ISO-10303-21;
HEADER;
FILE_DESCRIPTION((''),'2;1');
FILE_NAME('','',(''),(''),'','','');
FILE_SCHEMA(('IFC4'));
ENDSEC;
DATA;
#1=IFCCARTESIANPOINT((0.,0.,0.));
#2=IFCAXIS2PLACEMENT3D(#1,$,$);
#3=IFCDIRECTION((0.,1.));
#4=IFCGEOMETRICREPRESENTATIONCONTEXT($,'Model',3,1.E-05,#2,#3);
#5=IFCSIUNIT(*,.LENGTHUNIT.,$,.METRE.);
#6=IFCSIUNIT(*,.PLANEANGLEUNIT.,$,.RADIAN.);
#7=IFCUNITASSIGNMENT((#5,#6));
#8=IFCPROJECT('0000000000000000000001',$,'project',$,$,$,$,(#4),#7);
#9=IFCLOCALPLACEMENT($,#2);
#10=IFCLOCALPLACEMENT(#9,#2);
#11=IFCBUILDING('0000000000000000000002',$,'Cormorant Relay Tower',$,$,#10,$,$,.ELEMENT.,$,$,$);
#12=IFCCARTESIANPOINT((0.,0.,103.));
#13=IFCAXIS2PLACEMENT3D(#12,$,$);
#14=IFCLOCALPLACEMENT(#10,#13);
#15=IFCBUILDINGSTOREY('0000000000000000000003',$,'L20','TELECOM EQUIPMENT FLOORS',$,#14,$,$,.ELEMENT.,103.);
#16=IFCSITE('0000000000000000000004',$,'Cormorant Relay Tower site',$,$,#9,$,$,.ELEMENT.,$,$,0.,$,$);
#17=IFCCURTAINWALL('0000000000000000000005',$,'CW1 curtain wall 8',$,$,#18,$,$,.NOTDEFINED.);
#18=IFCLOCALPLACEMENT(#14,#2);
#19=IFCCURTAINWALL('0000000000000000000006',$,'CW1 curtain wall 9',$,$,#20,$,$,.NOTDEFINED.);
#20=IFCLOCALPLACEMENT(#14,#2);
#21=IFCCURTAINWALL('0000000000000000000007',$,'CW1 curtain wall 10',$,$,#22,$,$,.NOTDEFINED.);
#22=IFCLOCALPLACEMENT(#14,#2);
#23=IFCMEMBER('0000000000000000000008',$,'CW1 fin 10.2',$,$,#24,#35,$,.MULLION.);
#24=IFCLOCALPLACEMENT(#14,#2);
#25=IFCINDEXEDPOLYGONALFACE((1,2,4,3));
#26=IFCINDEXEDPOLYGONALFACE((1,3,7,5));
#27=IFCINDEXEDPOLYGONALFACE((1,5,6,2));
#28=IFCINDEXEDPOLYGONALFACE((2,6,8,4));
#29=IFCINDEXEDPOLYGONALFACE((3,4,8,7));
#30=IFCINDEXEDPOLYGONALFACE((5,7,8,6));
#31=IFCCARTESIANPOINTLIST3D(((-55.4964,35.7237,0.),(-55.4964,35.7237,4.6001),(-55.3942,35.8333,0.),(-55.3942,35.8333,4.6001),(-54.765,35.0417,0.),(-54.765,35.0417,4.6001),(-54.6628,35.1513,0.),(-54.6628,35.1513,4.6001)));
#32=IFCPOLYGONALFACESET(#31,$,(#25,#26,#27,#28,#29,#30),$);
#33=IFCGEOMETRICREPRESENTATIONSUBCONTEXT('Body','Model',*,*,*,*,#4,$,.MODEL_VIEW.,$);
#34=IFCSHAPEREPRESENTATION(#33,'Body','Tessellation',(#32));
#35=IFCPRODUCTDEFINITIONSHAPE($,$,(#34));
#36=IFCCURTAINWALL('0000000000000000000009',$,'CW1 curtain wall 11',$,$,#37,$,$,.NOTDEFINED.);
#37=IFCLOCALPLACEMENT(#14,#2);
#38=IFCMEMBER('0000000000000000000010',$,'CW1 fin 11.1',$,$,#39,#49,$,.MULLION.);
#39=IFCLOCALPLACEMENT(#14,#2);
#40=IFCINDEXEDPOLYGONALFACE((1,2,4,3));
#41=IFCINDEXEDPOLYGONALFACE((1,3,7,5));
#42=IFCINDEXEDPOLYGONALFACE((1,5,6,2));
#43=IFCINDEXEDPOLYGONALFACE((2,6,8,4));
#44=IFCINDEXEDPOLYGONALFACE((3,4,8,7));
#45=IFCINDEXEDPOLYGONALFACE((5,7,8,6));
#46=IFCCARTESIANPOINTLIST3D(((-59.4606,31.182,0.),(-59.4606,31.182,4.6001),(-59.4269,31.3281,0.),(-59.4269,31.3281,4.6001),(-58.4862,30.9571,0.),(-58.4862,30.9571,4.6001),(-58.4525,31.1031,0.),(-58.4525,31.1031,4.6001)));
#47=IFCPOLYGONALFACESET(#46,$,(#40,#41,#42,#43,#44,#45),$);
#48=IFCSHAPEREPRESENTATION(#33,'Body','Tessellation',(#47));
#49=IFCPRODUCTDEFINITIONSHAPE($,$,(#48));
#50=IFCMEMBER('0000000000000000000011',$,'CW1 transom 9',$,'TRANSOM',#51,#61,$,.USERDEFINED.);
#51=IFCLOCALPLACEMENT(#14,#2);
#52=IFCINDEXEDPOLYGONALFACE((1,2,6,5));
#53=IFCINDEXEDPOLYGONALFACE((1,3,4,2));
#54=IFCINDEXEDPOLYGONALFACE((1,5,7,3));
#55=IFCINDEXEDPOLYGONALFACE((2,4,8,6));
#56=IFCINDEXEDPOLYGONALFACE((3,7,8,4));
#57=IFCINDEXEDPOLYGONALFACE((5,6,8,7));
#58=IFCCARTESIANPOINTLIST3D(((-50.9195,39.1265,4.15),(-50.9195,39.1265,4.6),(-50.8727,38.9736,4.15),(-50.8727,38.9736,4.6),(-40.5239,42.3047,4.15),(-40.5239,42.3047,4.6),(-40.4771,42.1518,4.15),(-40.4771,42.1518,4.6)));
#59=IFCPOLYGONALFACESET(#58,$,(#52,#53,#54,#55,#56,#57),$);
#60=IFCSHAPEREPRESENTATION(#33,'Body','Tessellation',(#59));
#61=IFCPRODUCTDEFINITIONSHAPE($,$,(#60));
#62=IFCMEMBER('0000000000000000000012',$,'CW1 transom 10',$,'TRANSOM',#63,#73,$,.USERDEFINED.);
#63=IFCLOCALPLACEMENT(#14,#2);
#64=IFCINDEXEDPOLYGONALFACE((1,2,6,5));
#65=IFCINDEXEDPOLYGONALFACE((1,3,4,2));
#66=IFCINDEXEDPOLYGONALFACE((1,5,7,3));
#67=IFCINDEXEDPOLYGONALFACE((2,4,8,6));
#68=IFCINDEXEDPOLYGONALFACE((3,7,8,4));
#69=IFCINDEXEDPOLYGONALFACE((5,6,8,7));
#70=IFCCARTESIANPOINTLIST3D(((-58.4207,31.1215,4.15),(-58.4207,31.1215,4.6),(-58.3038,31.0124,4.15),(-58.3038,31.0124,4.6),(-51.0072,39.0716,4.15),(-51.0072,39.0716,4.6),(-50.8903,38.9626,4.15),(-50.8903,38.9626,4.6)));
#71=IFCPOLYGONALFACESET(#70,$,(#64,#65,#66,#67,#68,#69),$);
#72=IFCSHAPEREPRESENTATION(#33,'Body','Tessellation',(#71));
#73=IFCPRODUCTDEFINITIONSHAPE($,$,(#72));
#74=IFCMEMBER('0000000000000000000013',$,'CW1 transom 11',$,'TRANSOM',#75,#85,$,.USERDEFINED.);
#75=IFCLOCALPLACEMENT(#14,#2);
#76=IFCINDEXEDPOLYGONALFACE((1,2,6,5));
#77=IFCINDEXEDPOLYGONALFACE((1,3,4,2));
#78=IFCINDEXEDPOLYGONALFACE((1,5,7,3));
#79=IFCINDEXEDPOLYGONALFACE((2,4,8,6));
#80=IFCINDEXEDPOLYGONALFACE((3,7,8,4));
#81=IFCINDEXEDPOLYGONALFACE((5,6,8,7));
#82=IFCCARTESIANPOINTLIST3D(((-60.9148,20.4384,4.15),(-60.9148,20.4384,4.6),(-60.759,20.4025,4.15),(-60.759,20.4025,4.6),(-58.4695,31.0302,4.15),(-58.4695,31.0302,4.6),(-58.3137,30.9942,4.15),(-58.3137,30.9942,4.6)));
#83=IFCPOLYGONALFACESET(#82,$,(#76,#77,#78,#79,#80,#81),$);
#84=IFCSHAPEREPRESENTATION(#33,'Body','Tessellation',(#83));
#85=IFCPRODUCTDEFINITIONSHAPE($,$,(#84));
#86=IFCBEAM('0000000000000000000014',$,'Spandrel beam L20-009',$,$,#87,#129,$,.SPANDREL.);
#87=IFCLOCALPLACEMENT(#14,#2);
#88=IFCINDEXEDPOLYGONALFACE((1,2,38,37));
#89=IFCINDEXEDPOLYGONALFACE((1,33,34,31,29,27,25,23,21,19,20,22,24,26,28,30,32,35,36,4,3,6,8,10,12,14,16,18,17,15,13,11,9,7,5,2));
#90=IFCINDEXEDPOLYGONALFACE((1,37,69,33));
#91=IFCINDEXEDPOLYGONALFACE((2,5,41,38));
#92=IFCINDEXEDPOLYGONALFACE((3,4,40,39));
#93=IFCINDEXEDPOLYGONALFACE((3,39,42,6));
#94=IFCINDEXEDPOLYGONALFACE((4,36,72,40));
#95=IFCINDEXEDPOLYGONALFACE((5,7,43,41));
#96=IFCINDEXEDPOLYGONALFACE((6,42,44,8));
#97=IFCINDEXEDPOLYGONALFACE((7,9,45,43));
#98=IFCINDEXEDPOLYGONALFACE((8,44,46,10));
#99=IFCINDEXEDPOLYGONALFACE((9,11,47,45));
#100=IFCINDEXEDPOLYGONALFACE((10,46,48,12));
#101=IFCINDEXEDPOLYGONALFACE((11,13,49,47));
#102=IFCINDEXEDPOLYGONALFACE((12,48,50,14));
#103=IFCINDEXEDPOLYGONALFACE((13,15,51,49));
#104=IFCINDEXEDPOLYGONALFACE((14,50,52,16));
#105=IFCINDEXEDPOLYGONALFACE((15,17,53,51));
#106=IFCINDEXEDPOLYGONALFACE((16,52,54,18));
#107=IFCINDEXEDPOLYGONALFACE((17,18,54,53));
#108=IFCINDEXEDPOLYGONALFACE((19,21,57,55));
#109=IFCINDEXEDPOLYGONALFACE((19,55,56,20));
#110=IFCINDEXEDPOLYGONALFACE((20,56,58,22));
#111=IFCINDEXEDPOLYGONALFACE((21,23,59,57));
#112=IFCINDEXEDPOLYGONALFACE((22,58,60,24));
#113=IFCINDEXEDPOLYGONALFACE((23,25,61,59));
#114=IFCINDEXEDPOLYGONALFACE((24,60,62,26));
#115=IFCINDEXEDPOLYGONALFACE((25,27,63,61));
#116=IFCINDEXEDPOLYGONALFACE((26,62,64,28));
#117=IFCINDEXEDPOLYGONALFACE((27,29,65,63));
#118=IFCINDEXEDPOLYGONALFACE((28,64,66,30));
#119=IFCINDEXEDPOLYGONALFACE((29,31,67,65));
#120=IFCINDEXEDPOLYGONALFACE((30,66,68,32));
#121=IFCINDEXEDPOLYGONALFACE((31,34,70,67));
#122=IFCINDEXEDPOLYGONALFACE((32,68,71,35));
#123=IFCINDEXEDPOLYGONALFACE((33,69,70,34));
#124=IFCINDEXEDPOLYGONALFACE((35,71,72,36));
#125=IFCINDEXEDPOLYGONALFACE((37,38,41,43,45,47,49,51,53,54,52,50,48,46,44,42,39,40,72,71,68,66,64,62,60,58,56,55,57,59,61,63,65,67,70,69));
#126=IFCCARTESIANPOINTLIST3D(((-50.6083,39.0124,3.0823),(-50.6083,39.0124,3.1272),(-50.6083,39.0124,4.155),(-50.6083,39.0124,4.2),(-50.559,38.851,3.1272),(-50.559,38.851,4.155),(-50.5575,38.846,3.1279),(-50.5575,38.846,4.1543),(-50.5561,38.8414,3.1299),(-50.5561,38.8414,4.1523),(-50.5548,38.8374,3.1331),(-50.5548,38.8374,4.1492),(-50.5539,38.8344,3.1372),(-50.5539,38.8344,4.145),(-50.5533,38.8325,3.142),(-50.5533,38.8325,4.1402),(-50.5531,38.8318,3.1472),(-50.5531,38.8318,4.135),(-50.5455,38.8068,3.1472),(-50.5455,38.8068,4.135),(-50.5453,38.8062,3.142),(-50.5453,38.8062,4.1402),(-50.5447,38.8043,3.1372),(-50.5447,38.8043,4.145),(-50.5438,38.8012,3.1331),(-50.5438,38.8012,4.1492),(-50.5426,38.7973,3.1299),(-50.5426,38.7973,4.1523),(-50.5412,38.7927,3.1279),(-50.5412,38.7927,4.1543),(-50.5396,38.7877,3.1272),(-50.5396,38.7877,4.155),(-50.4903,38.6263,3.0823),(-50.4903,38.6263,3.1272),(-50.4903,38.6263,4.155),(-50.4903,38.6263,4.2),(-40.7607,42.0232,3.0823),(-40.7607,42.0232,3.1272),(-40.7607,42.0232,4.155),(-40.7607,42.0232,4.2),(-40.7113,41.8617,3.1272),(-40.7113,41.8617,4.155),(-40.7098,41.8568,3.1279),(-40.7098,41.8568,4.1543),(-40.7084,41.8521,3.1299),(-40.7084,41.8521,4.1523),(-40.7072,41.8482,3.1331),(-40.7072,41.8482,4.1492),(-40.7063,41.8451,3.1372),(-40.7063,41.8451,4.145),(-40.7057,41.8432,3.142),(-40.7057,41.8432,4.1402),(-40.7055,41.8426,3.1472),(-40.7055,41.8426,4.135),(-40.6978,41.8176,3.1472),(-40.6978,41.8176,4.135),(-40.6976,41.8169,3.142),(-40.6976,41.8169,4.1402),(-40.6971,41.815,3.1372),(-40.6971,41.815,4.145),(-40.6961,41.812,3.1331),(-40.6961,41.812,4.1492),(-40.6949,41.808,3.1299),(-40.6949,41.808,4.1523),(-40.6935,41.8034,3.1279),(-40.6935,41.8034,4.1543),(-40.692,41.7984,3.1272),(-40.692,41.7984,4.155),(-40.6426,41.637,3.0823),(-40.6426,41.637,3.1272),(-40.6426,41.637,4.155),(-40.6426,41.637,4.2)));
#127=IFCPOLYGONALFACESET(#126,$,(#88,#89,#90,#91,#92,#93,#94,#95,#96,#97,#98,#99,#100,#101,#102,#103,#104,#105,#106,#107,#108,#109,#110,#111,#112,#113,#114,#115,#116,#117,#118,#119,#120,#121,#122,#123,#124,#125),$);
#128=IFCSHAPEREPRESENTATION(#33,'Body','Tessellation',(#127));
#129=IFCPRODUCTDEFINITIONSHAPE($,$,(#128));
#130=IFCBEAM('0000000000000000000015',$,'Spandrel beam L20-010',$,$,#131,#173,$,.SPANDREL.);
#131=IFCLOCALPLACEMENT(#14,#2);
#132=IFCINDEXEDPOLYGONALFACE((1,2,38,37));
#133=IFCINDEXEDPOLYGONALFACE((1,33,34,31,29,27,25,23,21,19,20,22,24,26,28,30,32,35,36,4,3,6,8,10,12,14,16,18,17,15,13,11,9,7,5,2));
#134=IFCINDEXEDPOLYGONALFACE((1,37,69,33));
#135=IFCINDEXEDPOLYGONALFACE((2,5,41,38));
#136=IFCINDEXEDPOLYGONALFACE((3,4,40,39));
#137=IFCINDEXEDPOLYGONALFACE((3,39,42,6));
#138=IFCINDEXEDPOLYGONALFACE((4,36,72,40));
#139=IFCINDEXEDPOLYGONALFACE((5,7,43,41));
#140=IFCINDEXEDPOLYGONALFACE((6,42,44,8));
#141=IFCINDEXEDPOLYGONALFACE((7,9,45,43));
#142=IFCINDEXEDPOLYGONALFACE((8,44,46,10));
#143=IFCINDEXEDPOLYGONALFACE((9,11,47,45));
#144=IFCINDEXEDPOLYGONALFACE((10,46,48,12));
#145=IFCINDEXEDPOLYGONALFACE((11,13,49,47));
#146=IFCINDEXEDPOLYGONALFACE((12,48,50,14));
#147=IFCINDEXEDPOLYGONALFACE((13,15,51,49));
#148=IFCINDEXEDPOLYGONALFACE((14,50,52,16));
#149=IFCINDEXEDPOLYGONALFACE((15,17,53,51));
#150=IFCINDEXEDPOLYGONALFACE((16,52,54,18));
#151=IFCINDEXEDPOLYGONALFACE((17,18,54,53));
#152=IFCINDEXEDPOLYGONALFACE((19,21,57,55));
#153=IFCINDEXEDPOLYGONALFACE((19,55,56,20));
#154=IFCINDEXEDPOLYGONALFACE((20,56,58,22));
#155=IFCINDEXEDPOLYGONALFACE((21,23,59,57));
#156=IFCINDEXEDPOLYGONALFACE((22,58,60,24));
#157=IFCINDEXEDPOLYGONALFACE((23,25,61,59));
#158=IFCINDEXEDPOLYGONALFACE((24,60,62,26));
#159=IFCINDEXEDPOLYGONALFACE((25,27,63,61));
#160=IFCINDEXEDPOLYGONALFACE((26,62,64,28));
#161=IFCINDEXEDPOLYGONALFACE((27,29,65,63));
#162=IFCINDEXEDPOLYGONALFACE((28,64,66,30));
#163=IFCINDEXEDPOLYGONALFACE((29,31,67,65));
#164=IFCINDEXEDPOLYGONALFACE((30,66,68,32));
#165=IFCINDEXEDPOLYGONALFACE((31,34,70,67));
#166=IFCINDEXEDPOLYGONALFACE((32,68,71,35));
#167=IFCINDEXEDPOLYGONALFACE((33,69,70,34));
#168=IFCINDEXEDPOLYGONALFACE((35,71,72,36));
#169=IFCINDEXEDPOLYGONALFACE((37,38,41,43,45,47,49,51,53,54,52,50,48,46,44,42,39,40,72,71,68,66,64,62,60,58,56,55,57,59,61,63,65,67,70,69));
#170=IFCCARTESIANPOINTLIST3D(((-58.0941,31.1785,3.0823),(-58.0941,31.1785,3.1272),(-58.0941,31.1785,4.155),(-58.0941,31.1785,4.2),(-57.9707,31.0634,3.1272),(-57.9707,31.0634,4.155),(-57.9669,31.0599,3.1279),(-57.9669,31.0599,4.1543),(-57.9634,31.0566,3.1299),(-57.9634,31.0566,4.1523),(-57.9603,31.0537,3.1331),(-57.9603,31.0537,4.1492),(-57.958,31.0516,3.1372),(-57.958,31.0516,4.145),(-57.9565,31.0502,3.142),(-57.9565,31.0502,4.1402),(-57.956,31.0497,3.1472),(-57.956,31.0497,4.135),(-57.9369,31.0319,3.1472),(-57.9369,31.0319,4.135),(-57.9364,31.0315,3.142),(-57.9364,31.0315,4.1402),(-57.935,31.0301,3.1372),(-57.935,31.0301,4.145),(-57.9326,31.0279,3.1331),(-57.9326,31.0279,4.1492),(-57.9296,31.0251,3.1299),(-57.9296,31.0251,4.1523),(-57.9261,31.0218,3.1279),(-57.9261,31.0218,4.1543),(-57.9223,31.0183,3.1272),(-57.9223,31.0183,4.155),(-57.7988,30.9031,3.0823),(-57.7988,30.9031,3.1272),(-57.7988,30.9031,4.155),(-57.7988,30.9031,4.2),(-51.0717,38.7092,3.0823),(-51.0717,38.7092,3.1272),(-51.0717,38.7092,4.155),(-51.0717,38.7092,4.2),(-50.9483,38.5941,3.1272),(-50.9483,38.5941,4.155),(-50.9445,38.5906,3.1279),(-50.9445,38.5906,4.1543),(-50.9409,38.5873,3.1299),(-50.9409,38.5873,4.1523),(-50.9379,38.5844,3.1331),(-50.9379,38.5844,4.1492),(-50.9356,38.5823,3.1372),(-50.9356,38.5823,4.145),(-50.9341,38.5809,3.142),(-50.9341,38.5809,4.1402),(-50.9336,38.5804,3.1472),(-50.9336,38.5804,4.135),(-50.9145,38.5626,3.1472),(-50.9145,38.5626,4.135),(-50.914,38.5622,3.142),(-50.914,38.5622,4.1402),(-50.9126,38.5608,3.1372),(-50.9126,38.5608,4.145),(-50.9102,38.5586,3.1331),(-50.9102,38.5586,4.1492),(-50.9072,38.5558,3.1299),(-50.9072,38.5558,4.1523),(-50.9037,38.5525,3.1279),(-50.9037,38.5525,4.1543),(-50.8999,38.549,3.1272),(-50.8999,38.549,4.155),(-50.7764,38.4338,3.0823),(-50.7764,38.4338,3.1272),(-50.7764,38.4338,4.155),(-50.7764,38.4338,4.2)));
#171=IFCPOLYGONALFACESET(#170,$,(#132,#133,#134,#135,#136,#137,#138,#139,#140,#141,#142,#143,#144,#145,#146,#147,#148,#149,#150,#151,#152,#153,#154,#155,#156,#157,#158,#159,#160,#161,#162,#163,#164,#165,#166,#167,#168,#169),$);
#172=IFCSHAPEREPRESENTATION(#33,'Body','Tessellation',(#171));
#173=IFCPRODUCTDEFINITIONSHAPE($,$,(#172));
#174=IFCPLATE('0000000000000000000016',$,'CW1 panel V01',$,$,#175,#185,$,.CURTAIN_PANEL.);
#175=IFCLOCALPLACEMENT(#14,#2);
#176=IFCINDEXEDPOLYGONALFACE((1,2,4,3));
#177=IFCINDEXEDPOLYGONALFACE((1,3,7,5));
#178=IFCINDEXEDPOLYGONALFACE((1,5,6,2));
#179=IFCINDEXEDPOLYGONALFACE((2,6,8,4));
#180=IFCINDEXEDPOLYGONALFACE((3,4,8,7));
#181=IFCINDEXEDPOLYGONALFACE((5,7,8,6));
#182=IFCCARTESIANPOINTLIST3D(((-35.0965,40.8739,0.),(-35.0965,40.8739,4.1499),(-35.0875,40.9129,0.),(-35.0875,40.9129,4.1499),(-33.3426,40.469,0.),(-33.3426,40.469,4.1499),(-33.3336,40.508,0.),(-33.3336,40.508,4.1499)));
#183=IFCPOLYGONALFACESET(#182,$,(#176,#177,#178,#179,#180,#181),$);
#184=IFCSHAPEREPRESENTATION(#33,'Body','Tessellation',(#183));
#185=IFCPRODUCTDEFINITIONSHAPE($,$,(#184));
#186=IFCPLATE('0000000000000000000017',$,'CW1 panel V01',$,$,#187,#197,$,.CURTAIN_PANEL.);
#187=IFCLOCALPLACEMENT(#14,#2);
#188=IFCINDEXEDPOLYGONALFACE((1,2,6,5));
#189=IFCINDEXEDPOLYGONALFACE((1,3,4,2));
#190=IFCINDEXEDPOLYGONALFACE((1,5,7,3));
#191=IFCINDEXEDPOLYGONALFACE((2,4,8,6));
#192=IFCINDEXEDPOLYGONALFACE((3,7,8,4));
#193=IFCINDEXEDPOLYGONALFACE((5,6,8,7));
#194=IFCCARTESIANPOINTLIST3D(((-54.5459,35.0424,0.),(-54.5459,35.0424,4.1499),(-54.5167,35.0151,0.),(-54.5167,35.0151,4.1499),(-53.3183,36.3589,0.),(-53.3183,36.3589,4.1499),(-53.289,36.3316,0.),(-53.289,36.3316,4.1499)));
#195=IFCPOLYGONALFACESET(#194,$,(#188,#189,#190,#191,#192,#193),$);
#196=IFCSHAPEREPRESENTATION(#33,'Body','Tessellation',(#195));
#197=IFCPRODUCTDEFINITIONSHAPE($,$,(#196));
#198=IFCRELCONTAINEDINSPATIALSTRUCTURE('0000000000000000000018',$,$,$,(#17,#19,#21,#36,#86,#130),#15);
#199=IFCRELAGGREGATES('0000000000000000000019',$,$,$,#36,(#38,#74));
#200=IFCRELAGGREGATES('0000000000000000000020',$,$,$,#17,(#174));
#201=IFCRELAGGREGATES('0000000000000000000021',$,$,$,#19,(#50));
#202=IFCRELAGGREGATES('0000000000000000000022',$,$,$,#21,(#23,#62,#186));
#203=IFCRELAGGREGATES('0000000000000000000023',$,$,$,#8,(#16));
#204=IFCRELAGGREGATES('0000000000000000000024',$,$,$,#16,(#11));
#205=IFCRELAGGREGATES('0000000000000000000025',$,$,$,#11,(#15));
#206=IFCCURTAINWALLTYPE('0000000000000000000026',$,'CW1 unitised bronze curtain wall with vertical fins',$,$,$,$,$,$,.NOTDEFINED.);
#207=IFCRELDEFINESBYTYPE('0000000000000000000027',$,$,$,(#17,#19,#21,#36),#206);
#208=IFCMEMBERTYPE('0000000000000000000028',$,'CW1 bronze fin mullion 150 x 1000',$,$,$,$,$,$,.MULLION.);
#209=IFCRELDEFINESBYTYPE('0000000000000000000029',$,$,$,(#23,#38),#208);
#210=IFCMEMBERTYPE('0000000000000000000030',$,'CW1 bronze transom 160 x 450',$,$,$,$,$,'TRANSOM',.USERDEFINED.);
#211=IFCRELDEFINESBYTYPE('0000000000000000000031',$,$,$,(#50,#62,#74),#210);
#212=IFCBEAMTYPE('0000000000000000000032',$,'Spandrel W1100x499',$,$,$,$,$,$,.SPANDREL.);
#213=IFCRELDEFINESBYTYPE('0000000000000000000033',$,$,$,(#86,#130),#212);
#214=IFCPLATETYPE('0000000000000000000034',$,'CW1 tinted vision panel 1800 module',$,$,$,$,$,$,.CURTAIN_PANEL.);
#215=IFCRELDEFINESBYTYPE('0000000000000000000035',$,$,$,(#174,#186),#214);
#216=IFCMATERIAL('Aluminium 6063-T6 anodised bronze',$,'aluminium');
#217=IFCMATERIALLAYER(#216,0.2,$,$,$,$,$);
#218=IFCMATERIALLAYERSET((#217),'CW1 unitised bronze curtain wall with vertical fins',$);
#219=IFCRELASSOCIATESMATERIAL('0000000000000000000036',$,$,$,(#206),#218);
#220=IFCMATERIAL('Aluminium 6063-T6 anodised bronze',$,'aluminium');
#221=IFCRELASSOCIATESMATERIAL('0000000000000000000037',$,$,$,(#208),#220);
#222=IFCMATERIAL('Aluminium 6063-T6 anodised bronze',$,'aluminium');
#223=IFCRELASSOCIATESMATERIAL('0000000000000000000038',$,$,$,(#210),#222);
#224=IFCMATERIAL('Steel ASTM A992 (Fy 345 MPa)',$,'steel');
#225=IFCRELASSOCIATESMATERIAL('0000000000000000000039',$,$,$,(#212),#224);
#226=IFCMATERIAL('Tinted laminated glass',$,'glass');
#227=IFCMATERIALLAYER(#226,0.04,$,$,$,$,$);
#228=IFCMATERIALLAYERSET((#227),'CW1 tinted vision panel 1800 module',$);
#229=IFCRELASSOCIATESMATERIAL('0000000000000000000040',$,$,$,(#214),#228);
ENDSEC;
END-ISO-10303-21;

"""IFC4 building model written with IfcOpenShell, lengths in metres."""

from ifc_helpers import new_model, si_unit, direction, frame, origin, origin_2d, place, context, subcontext, project, spatial, rectangle, i_section, extrude, material, layer, layer_set, material_profile, profile_set, type_object, element, aggregate, save


model = new_model("IFC4")

# Units and contexts
model_context = context("Model", 3, precision=1e-05, world=origin(), true_north=direction((0.0, 1.0)))
body_context = subcontext(model_context, "Body", "Model", "MODEL_VIEW")
ifc_project = project(units=[si_unit("LENGTHUNIT", "METRE"), si_unit("PLANEANGLEUNIT", "RADIAN")], contexts=[model_context])

# Site, building, storey
site_placement = place(None, origin())
site = spatial("IfcSite", under=ifc_project, at=site_placement, Name="Cormorant Relay Tower site", CompositionType="ELEMENT", RefElevation=0.0)
building_placement = place(site_placement, origin())
building = spatial("IfcBuilding", under=site, at=building_placement, Name="Cormorant Relay Tower", CompositionType="ELEMENT")
storey_placement = place(building_placement, frame((0.0, 0.0, 103.0)))
storey = spatial("IfcBuildingStorey", under=building, at=storey_placement, Name="L20", Description="TELECOM EQUIPMENT FLOORS", CompositionType="ELEMENT", Elevation=103.0)

# Curtain wall
ifc_material_1 = material(Name="Aluminium 6063-T6 anodised bronze", Category="aluminium")
ifc_layer_1 = layer(ifc_material_1, 0.2)
ifc_layer_set_1 = layer_set([ifc_layer_1], Name="CW1 unitised bronze curtain wall with vertical fins")
curtain_wall_type = type_object("IfcCurtainWallType", Name="CW1 unitised bronze curtain wall with vertical fins", PredefinedType="NOTDEFINED", material=ifc_layer_set_1)
curtain_wall_1_placement = place(storey_placement, origin())
curtain_wall_1 = element("IfcCurtainWall", 1, at=curtain_wall_1_placement, inside=storey, type_object=curtain_wall_type, Name="CW1 curtain wall 8", PredefinedType="NOTDEFINED")
ifc_material_2 = material(Name="Aluminium 6063-T6 anodised bronze", Category="aluminium")
ifc_material_profile_1 = material_profile(ifc_material_2, rectangle(XDim=0.1499, YDim=1.0, at=origin_2d()), Name="AL 150x1000")
ifc_profile_set_1 = profile_set([ifc_material_profile_1], Name="Aluminium 6063-T6 anodised bronze")
member_type_1 = type_object("IfcMemberType", Name="CW1 bronze fin mullion 150 x 1000", PredefinedType="MULLION", material=ifc_profile_set_1)

# Curtain walls, member
curtain_wall_2_placement = place(storey_placement, origin())
curtain_wall_2 = element("IfcCurtainWall", 2, at=curtain_wall_2_placement, inside=storey, type_object=curtain_wall_type, Name="CW1 curtain wall 9", PredefinedType="NOTDEFINED")
curtain_wall_3_placement = place(storey_placement, origin())
curtain_wall_3 = element("IfcCurtainWall", 3, at=curtain_wall_3_placement, inside=storey, type_object=curtain_wall_type, Name="CW1 curtain wall 10", PredefinedType="NOTDEFINED")
member_1_placement = place(storey_placement, frame((-55.0796, 35.4375, 0.0), z_axis=(0.0, 0.0, 1.0), x_axis=(-0.681998, -0.731354, 0.0)))
member_1 = element("IfcMember", 4, at=member_1_placement, type_object=member_type_1, Name="CW1 fin 10.2", PredefinedType="MULLION", context=body_context, shape_type="SweptSolid", body=[
    extrude(rectangle(XDim=0.1499, YDim=1.0, at=origin_2d()), origin(), (0.0, 0.0, 1.0), 4.6001),
])

# Curtain wall, member
curtain_wall_4_placement = place(storey_placement, origin())
curtain_wall_4 = element("IfcCurtainWall", 5, at=curtain_wall_4_placement, inside=storey, type_object=curtain_wall_type, Name="CW1 curtain wall 11", PredefinedType="NOTDEFINED")
member_2_placement = place(storey_placement, frame((-58.9565, 31.1426, 0.0), z_axis=(0.0, 0.0, 1.0), x_axis=(-0.224951, -0.97437, 0.0)))
member_2 = element("IfcMember", 6, at=member_2_placement, type_object=member_type_1, Name="CW1 fin 11.1", PredefinedType="MULLION", context=body_context, shape_type="SweptSolid", body=[
    extrude(rectangle(XDim=0.1499, YDim=1.0, at=origin_2d()), origin(), (0.0, 0.0, 1.0), 4.6001),
])

# Members
ifc_material_3 = material(Name="Aluminium 6063-T6 anodised bronze", Category="aluminium")
ifc_material_profile_2 = material_profile(ifc_material_3, rectangle(XDim=0.1599, YDim=0.45, at=origin_2d()), Name="AL 160x450")
ifc_profile_set_2 = profile_set([ifc_material_profile_2], Name="Aluminium 6063-T6 anodised bronze")
member_type_2 = type_object("IfcMemberType", Name="CW1 bronze transom 160 x 450", ElementType="TRANSOM", PredefinedType="USERDEFINED", material=ifc_profile_set_2)
member_3_placement = place(storey_placement, frame((-40.5005, 42.2283, 4.375), z_axis=(-0.956305, -0.292371, 0.0), x_axis=(0.292371, -0.956305, 0.0)))
member_3 = element("IfcMember", 7, at=member_3_placement, type_object=member_type_2, Name="CW1 transom 9", ObjectType="TRANSOM", PredefinedType="USERDEFINED", context=body_context, shape_type="SweptSolid", body=[
    extrude(rectangle(XDim=0.1599, YDim=0.45, at=origin_2d()), origin(), (0.0, 0.0, 1.0), 10.8706),
])
member_4_placement = place(storey_placement, frame((-50.9487, 39.0171, 4.375), z_axis=(-0.681993, -0.731358, 0.0), x_axis=(0.731358, -0.681993, 0.0)))
member_4 = element("IfcMember", 8, at=member_4_placement, type_object=member_type_2, Name="CW1 transom 10", ObjectType="TRANSOM", PredefinedType="USERDEFINED", context=body_context, shape_type="SweptSolid", body=[
    extrude(rectangle(XDim=0.1599, YDim=0.45, at=origin_2d()), origin(), (0.0, 0.0, 1.0), 10.8704),
])
member_5_placement = place(storey_placement, frame((-58.3916, 31.0122, 4.375), z_axis=(-0.224951, -0.97437, 0.0), x_axis=(0.97437, -0.224951, 0.0)))
member_5 = element("IfcMember", 9, at=member_5_placement, type_object=member_type_2, Name="CW1 transom 11", ObjectType="TRANSOM", PredefinedType="USERDEFINED", context=body_context, shape_type="SweptSolid", body=[
    extrude(rectangle(XDim=0.1599, YDim=0.45, at=origin_2d()), origin(), (0.0, 0.0, 1.0), 10.8704),
])
aggregate(curtain_wall_4, [member_2, member_5])

# Beams
ifc_material_4 = material(Name="Steel ASTM A992 (Fy 345 MPa)", Category="steel")
ifc_material_profile_3 = material_profile(ifc_material_4, i_section(OverallWidth=0.4038, OverallDepth=1.1177, WebThickness=0.0261, FlangeThickness=0.0449, FilletRadius=0.02, at=origin_2d()), Name="W1100x499")
ifc_profile_set_3 = profile_set([ifc_material_profile_3], Name="Steel ASTM A992 (Fy 345 MPa)")
beam_type = type_object("IfcBeamType", Name="Spandrel W1100x499", PredefinedType="SPANDREL", material=ifc_profile_set_3)
beam_1_placement = place(storey_placement, frame((-40.7017, 41.8301, 3.6411), z_axis=(-0.956304, -0.292373, 0.0), x_axis=(0.292373, -0.956304, 0.0)))
element("IfcBeam", 10, at=beam_1_placement, inside=storey, type_object=beam_type, Name="Spandrel beam L20-009", PredefinedType="SPANDREL", context=body_context, shape_type="SweptSolid", body=[
    extrude(i_section(OverallWidth=0.4038, OverallDepth=1.1177, WebThickness=0.0261, FlangeThickness=0.0449, FilletRadius=0.02, at=origin_2d()), origin(), (0.0, 0.0, 1.0), 10.2976),
])
beam_2_placement = place(storey_placement, frame((-50.9241, 38.5715, 3.6411), z_axis=(-0.681994, -0.731358, 0.0), x_axis=(0.731358, -0.681994, 0.0)))
element("IfcBeam", 11, at=beam_2_placement, inside=storey, type_object=beam_type, Name="Spandrel beam L20-010", PredefinedType="SPANDREL", context=body_context, shape_type="SweptSolid", body=[
    extrude(i_section(OverallWidth=0.4038, OverallDepth=1.1177, WebThickness=0.0261, FlangeThickness=0.0449, FilletRadius=0.02, at=origin_2d()), origin(), (0.0, 0.0, 1.0), 10.2969),
])

# Plates
ifc_material_5 = material(Name="Tinted laminated glass", Category="glass")
ifc_layer_2 = layer(ifc_material_5, 0.04)
ifc_layer_set_2 = layer_set([ifc_layer_2], Name="CW1 tinted vision panel 1800 module")
plate_type_1 = type_object("IfcPlateType", Name="CW1 tinted vision panel 1800 module", PredefinedType="CURTAIN_PANEL", material=ifc_layer_set_2)
plate_1_placement = place(storey_placement, frame((-34.2151, 40.6909, 0.0), z_axis=(0.0, 0.0, 1.0), x_axis=(-0.97437, 0.224951, 0.0)))
plate_1 = element("IfcPlate", 12, at=plate_1_placement, type_object=plate_type_1, Name="CW1 panel V01", PredefinedType="CURTAIN_PANEL", context=body_context, shape_type="SweptSolid", body=[
    extrude(rectangle(XDim=1.8, YDim=0.04, at=origin_2d()), origin(), (0.0, 0.0, 1.0), 4.1499),
])
plate_2_placement = place(storey_placement, frame((-53.9175, 35.687, 0.0), z_axis=(0.0, 0.0, 1.0), x_axis=(-0.681998, -0.731354, 0.0)))
plate_2 = element("IfcPlate", 13, at=plate_2_placement, type_object=plate_type_1, Name="CW1 panel V01", PredefinedType="CURTAIN_PANEL", context=body_context, shape_type="SweptSolid", body=[
    extrude(rectangle(XDim=1.8, YDim=0.04, at=origin_2d()), origin(), (0.0, 0.0, 1.0), 4.1499),
])

aggregate(curtain_wall_1, [plate_1])
aggregate(curtain_wall_2, [member_3])
aggregate(curtain_wall_3, [member_1, member_4, plate_2])

save(model, "model.ifc")
